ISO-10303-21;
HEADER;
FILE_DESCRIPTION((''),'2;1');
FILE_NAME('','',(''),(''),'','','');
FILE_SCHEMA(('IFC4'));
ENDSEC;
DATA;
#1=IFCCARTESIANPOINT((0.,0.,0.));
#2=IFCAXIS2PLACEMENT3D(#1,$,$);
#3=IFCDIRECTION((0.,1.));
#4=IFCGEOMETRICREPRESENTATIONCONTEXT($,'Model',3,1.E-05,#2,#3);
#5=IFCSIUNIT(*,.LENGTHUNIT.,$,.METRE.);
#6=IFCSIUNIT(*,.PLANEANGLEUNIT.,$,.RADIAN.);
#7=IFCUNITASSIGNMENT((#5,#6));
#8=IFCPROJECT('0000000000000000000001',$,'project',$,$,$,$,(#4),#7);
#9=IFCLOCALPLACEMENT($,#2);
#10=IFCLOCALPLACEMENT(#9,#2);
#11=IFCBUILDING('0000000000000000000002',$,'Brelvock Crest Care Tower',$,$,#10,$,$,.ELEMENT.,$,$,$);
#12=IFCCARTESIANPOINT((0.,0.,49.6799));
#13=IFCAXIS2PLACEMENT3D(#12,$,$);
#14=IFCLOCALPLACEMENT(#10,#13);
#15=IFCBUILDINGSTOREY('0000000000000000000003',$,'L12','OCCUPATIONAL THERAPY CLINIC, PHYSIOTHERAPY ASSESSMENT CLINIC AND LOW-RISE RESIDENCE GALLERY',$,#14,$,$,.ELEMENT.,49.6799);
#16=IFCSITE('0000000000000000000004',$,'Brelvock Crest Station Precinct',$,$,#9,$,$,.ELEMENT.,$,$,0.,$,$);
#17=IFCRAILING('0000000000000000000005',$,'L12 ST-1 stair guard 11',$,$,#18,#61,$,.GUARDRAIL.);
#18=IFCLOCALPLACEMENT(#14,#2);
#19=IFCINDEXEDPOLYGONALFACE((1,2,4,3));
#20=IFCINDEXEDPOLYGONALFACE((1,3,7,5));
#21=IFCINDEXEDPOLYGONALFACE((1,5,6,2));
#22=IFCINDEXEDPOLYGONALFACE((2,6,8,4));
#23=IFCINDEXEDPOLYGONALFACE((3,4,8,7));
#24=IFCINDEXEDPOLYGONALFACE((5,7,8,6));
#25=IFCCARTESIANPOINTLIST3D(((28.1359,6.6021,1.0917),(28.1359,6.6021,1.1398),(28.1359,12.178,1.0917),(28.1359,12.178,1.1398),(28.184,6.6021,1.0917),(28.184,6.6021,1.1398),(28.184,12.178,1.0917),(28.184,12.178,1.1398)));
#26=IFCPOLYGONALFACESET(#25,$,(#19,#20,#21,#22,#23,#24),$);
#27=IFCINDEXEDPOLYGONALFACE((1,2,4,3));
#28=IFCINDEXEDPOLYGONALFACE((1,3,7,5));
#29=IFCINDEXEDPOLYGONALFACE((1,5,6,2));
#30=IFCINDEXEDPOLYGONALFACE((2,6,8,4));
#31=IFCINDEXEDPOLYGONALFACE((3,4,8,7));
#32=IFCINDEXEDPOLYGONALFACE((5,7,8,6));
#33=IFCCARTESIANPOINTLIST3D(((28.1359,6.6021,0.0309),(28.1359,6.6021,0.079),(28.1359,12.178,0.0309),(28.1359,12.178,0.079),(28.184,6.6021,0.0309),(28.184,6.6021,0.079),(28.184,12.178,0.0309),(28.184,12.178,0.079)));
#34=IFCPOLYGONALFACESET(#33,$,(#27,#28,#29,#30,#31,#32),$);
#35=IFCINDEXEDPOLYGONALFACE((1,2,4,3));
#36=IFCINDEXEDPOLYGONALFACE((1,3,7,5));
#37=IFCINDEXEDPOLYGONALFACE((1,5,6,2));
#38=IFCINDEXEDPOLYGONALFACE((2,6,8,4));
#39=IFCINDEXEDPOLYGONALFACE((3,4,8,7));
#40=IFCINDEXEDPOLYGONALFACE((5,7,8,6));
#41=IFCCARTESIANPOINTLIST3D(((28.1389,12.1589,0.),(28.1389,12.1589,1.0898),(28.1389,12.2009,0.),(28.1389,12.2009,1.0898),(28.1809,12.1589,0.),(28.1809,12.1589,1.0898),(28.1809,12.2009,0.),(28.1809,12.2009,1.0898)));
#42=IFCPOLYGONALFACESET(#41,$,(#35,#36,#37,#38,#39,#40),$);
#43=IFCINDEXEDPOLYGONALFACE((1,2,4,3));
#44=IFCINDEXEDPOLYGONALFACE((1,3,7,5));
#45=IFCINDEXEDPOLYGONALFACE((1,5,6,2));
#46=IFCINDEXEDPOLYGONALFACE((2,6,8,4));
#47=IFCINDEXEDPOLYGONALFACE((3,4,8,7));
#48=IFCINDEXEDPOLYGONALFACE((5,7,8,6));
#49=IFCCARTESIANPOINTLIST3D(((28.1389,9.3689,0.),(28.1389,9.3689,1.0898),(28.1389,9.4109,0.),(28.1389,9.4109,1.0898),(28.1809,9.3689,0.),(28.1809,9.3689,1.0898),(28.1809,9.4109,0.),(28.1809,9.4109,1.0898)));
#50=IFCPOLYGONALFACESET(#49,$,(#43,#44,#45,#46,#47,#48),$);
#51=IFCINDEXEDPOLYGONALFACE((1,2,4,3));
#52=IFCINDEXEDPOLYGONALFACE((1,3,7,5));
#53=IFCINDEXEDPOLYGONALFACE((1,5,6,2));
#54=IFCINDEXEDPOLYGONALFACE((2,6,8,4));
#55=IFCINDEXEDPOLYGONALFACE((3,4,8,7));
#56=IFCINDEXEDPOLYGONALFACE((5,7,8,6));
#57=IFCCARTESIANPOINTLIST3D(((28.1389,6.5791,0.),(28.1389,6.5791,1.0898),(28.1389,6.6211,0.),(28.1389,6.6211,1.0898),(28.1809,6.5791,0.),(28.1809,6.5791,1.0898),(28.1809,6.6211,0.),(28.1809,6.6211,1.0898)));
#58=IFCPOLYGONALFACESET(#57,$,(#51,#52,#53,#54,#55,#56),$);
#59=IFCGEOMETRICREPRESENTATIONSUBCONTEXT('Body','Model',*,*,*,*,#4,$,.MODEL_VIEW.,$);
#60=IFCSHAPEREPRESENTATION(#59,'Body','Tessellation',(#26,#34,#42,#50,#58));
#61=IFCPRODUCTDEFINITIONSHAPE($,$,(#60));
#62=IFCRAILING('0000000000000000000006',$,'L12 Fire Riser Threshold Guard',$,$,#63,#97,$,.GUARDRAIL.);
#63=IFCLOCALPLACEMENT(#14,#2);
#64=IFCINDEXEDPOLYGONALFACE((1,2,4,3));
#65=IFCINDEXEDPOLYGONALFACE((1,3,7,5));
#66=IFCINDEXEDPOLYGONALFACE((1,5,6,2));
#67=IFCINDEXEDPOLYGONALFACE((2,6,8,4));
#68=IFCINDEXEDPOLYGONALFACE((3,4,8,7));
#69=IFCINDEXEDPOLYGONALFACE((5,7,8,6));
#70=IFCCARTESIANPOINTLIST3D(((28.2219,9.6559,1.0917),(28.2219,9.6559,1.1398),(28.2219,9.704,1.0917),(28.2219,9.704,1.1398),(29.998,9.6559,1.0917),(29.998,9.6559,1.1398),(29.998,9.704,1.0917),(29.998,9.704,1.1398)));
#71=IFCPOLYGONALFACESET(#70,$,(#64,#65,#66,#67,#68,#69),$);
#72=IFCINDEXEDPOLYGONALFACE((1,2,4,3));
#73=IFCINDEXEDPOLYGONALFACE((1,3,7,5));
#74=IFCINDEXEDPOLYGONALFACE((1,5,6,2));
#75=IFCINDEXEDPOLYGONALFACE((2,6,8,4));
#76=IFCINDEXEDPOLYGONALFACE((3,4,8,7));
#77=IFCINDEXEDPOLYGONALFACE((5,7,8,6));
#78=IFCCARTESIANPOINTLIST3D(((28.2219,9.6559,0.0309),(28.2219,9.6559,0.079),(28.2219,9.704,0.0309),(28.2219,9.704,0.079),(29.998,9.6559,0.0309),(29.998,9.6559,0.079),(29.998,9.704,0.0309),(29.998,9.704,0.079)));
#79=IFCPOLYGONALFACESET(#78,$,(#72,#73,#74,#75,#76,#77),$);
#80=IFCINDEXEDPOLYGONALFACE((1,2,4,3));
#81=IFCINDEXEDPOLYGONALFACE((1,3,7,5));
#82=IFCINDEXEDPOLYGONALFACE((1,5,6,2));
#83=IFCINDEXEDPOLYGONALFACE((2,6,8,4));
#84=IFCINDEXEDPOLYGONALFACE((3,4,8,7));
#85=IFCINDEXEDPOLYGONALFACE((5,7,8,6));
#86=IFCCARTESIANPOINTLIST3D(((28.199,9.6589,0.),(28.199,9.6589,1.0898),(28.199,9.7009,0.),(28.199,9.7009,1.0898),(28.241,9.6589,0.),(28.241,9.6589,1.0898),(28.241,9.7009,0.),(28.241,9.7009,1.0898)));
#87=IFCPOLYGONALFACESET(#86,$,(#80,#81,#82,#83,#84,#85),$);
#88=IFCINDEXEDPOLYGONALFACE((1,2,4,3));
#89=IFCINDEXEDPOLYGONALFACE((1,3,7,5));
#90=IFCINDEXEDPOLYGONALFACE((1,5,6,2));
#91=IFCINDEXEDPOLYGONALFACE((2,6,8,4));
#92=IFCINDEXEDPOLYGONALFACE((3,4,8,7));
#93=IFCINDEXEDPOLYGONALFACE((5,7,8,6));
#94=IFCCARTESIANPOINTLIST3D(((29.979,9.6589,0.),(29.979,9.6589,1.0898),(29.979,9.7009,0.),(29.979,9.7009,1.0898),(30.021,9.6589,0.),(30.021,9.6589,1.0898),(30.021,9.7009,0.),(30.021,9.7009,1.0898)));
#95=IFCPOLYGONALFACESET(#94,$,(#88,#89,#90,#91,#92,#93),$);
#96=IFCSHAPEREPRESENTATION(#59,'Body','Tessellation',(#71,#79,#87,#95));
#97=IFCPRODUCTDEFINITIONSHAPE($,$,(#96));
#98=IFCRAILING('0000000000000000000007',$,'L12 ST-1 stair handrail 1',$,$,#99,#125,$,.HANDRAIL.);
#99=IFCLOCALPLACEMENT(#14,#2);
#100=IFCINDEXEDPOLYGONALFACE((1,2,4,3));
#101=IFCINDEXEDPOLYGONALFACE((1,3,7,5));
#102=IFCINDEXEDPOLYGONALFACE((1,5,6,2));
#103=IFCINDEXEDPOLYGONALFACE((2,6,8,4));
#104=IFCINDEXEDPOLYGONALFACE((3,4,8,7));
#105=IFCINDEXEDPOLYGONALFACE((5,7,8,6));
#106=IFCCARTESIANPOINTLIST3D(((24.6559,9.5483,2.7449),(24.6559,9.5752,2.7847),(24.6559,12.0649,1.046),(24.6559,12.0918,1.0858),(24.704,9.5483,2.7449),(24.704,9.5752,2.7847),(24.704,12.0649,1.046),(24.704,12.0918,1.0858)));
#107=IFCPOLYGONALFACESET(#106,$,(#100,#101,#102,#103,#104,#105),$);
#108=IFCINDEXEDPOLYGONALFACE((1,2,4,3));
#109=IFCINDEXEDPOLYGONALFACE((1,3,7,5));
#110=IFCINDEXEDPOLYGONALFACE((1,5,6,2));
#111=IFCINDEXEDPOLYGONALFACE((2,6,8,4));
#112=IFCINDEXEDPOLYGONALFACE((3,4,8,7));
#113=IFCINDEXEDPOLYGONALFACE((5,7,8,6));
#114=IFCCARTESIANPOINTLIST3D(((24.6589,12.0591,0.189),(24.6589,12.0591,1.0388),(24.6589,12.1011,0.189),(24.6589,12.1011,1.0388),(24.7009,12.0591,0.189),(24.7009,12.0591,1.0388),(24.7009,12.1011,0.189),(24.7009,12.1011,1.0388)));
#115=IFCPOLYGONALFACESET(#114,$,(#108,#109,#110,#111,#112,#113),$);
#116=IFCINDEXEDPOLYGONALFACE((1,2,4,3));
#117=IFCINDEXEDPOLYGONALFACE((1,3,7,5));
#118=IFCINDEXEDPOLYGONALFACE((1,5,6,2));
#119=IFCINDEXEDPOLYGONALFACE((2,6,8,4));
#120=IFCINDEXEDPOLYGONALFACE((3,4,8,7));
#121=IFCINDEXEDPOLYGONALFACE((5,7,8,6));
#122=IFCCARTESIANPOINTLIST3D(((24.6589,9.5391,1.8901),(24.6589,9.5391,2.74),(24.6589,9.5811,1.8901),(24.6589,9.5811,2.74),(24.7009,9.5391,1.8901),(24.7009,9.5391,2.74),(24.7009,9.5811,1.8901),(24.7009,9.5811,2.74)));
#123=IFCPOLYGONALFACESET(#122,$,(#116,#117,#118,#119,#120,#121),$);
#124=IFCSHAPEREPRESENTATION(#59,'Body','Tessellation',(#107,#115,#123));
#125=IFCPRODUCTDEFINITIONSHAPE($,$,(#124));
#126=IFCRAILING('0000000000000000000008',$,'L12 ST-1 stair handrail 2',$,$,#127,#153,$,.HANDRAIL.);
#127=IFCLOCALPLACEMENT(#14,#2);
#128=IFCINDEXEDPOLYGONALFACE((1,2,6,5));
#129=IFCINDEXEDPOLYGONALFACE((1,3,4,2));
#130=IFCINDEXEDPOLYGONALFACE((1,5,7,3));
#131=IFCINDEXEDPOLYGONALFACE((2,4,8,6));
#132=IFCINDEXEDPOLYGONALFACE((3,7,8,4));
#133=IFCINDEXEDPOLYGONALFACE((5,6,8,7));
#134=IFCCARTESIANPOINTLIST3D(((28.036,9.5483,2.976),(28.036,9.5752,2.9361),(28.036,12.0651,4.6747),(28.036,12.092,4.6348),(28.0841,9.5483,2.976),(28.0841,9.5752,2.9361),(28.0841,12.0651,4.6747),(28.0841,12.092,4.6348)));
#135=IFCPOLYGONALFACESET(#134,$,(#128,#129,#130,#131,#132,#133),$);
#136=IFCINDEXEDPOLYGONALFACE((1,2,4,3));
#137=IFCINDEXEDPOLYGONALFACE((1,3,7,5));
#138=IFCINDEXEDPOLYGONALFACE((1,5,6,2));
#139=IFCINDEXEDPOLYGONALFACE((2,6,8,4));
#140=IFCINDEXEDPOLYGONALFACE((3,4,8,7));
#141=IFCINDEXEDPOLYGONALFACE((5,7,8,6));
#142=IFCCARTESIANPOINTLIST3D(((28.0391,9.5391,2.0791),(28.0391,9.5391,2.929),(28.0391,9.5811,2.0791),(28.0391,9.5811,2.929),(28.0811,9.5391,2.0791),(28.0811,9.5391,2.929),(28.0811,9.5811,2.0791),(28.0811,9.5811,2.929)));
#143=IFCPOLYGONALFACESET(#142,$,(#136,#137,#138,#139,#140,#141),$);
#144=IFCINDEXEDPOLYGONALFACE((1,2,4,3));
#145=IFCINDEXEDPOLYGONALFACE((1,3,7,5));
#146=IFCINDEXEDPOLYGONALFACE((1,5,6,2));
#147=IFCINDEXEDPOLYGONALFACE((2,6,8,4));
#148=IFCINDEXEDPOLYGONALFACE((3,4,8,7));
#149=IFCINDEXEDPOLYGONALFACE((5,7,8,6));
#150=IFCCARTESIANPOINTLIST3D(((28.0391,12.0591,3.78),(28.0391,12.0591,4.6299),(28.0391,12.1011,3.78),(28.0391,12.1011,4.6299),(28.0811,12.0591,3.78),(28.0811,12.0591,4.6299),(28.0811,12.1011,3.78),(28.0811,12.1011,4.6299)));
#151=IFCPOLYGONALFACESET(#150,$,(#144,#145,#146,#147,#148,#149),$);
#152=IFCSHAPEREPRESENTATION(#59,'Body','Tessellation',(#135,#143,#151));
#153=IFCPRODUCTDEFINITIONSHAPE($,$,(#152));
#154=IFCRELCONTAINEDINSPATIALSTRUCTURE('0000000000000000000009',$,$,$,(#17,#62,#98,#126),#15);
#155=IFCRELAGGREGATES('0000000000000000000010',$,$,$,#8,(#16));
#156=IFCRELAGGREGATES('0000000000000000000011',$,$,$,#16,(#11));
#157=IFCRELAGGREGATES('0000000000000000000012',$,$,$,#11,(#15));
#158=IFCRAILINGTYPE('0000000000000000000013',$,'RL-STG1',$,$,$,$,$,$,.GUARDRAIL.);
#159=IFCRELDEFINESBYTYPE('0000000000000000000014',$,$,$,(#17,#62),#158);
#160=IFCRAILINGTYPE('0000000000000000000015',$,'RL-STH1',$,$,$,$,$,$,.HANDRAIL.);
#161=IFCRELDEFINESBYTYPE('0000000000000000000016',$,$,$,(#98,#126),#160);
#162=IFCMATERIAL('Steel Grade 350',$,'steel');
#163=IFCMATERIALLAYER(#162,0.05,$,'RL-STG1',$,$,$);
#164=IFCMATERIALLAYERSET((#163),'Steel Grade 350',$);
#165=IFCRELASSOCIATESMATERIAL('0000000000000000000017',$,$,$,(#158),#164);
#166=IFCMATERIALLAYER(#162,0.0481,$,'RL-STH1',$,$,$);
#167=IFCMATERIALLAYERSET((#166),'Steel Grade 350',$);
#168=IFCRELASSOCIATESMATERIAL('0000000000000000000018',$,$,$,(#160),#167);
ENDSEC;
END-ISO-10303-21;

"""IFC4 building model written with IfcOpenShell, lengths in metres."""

from ifc_helpers import new_model, si_unit, direction, frame, origin, origin_2d, place, context, subcontext, project, spatial, rectangle, extrude, material, layer, layer_set, type_object, element, save


model = new_model("IFC4")

# Units and contexts
model_context = context("Model", 3, precision=1e-05, world=origin(), true_north=direction((0.0, 1.0)))
body_context = subcontext(model_context, "Body", "Model", "MODEL_VIEW")
ifc_project = project(units=[si_unit("LENGTHUNIT", "METRE"), si_unit("PLANEANGLEUNIT", "RADIAN")], contexts=[model_context])

# Site, building, storey
site_placement = place(None, origin())
site = spatial("IfcSite", under=ifc_project, at=site_placement, Name="Brelvock Crest Station Precinct", CompositionType="ELEMENT", RefElevation=0.0)
building_placement = place(site_placement, origin())
building = spatial("IfcBuilding", under=site, at=building_placement, Name="Brelvock Crest Care Tower", CompositionType="ELEMENT")
storey_placement = place(building_placement, frame((0.0, 0.0, 49.6799)))
storey = spatial("IfcBuildingStorey", under=building, at=storey_placement, Name="L12", Description="OCCUPATIONAL THERAPY CLINIC, PHYSIOTHERAPY ASSESSMENT CLINIC AND LOW-RISE RESIDENCE GALLERY", CompositionType="ELEMENT", Elevation=49.6799)

# Shared definitions
ifc_material_1 = material(Name="Steel Grade 350", Category="steel")

# Railings
ifc_layer_1 = layer(ifc_material_1, 0.05, Name="RL-STG1")
ifc_layer_set_1 = layer_set([ifc_layer_1], Name="Steel Grade 350")
railing_type_1 = type_object("IfcRailingType", Name="RL-STG1", PredefinedType="GUARDRAIL", material=ifc_layer_set_1)
for number, where, name in (
    (1, (28.1599, 12.1799, 0.0), "L12 ST-1 stair guard 11"),
):
    element("IfcRailing", number, at=place(storey_placement, frame(where)), inside=storey, type_object=railing_type_1, Name=name, PredefinedType="GUARDRAIL", context=body_context, shape_type="SweptSolid", body=[
        extrude(rectangle(XDim=0.0481, YDim=0.0481, at=origin_2d()), frame((0.0, -0.002, 1.1157), z_axis=(0.0, -1.0, 0.0), x_axis=(1.0, 0.0, 0.0)), (0.0, 0.0, 1.0), 5.5759),
        extrude(rectangle(XDim=0.0481, YDim=0.0481, at=origin_2d()), frame((0.0, -0.002, 0.0549), z_axis=(0.0, -1.0, 0.0), x_axis=(1.0, 0.0, 0.0)), (0.0, 0.0, 1.0), 5.5759),
        extrude(rectangle(XDim=0.042, YDim=0.042, at=origin_2d()), origin(), (0.0, 0.0, 1.0), 1.0898),
        extrude(rectangle(XDim=0.042, YDim=0.042, at=origin_2d()), frame((0.0, -2.79, 0.0)), (0.0, 0.0, 1.0), 1.0898),
        extrude(rectangle(XDim=0.042, YDim=0.042, at=origin_2d()), frame((0.0, -5.5798, 0.0)), (0.0, 0.0, 1.0), 1.0898),
    ])
railing_1_placement = place(storey_placement, frame((28.22, 9.6799, 0.0)))
element("IfcRailing", 2, at=railing_1_placement, inside=storey, type_object=railing_type_1, Name="L12 Fire Riser Threshold Guard", PredefinedType="GUARDRAIL", context=body_context, shape_type="SweptSolid", body=[
    extrude(rectangle(XDim=0.0481, YDim=0.0481, at=origin_2d()), frame((0.002, 0.0, 1.1157), z_axis=(1.0, 0.0, 0.0), x_axis=(0.0, 1.0, 0.0)), (0.0, 0.0, 1.0), 1.7761),
    extrude(rectangle(XDim=0.0481, YDim=0.0481, at=origin_2d()), frame((0.002, 0.0, 0.0549), z_axis=(1.0, 0.0, 0.0), x_axis=(0.0, 1.0, 0.0)), (0.0, 0.0, 1.0), 1.7761),
    extrude(rectangle(XDim=0.042, YDim=0.042, at=origin_2d()), origin(), (0.0, 0.0, 1.0), 1.0898),
    extrude(rectangle(XDim=0.042, YDim=0.042, at=origin_2d()), frame((1.78, 0.0, 0.0)), (0.0, 0.0, 1.0), 1.0898),
])
ifc_layer_2 = layer(ifc_material_1, 0.0481, Name="RL-STH1")
ifc_layer_set_2 = layer_set([ifc_layer_2], Name="Steel Grade 350")
railing_type_2 = type_object("IfcRailingType", Name="RL-STH1", PredefinedType="HANDRAIL", material=ifc_layer_set_2)
railing_2_placement = place(storey_placement, frame((24.6799, 12.0801, 0.189)))
element("IfcRailing", 3, at=railing_2_placement, inside=storey, type_object=railing_type_2, Name="L12 ST-1 stair handrail 1", PredefinedType="HANDRAIL", context=body_context, shape_type="SweptSolid", body=[
    extrude(rectangle(XDim=0.0481, YDim=0.0481, at=origin_2d()), frame((0.0, -0.0017, 0.877), z_axis=(0.0, -0.828824, 0.559509), x_axis=(1.0, 0.0, 0.0)), (0.0, 0.0, 1.0), 3.0364),
    extrude(rectangle(XDim=0.042, YDim=0.042, at=origin_2d()), origin(), (0.0, 0.0, 1.0), 0.8499),
    extrude(rectangle(XDim=0.042, YDim=0.042, at=origin_2d()), frame((0.0, -2.52, 1.7012)), (0.0, 0.0, 1.0), 0.8499),
])
railing_3_placement = place(storey_placement, frame((28.0601, 9.5601, 2.0791)))
element("IfcRailing", 4, at=railing_3_placement, inside=storey, type_object=railing_type_2, Name="L12 ST-1 stair handrail 2", PredefinedType="HANDRAIL", context=body_context, shape_type="SweptSolid", body=[
    extrude(rectangle(XDim=0.0481, YDim=0.0481, at=origin_2d()), frame((0.0, 0.0017, 0.877), z_axis=(0.0, 0.828862, 0.559454), x_axis=(-1.0, 0.0, 0.0)), (0.0, 0.0, 1.0), 3.0364),
    extrude(rectangle(XDim=0.042, YDim=0.042, at=origin_2d()), origin(), (0.0, 0.0, 1.0), 0.8499),
    extrude(rectangle(XDim=0.042, YDim=0.042, at=origin_2d()), frame((0.0, 2.52, 1.7009)), (0.0, 0.0, 1.0), 0.8499),
])

save(model, "model.ifc")
